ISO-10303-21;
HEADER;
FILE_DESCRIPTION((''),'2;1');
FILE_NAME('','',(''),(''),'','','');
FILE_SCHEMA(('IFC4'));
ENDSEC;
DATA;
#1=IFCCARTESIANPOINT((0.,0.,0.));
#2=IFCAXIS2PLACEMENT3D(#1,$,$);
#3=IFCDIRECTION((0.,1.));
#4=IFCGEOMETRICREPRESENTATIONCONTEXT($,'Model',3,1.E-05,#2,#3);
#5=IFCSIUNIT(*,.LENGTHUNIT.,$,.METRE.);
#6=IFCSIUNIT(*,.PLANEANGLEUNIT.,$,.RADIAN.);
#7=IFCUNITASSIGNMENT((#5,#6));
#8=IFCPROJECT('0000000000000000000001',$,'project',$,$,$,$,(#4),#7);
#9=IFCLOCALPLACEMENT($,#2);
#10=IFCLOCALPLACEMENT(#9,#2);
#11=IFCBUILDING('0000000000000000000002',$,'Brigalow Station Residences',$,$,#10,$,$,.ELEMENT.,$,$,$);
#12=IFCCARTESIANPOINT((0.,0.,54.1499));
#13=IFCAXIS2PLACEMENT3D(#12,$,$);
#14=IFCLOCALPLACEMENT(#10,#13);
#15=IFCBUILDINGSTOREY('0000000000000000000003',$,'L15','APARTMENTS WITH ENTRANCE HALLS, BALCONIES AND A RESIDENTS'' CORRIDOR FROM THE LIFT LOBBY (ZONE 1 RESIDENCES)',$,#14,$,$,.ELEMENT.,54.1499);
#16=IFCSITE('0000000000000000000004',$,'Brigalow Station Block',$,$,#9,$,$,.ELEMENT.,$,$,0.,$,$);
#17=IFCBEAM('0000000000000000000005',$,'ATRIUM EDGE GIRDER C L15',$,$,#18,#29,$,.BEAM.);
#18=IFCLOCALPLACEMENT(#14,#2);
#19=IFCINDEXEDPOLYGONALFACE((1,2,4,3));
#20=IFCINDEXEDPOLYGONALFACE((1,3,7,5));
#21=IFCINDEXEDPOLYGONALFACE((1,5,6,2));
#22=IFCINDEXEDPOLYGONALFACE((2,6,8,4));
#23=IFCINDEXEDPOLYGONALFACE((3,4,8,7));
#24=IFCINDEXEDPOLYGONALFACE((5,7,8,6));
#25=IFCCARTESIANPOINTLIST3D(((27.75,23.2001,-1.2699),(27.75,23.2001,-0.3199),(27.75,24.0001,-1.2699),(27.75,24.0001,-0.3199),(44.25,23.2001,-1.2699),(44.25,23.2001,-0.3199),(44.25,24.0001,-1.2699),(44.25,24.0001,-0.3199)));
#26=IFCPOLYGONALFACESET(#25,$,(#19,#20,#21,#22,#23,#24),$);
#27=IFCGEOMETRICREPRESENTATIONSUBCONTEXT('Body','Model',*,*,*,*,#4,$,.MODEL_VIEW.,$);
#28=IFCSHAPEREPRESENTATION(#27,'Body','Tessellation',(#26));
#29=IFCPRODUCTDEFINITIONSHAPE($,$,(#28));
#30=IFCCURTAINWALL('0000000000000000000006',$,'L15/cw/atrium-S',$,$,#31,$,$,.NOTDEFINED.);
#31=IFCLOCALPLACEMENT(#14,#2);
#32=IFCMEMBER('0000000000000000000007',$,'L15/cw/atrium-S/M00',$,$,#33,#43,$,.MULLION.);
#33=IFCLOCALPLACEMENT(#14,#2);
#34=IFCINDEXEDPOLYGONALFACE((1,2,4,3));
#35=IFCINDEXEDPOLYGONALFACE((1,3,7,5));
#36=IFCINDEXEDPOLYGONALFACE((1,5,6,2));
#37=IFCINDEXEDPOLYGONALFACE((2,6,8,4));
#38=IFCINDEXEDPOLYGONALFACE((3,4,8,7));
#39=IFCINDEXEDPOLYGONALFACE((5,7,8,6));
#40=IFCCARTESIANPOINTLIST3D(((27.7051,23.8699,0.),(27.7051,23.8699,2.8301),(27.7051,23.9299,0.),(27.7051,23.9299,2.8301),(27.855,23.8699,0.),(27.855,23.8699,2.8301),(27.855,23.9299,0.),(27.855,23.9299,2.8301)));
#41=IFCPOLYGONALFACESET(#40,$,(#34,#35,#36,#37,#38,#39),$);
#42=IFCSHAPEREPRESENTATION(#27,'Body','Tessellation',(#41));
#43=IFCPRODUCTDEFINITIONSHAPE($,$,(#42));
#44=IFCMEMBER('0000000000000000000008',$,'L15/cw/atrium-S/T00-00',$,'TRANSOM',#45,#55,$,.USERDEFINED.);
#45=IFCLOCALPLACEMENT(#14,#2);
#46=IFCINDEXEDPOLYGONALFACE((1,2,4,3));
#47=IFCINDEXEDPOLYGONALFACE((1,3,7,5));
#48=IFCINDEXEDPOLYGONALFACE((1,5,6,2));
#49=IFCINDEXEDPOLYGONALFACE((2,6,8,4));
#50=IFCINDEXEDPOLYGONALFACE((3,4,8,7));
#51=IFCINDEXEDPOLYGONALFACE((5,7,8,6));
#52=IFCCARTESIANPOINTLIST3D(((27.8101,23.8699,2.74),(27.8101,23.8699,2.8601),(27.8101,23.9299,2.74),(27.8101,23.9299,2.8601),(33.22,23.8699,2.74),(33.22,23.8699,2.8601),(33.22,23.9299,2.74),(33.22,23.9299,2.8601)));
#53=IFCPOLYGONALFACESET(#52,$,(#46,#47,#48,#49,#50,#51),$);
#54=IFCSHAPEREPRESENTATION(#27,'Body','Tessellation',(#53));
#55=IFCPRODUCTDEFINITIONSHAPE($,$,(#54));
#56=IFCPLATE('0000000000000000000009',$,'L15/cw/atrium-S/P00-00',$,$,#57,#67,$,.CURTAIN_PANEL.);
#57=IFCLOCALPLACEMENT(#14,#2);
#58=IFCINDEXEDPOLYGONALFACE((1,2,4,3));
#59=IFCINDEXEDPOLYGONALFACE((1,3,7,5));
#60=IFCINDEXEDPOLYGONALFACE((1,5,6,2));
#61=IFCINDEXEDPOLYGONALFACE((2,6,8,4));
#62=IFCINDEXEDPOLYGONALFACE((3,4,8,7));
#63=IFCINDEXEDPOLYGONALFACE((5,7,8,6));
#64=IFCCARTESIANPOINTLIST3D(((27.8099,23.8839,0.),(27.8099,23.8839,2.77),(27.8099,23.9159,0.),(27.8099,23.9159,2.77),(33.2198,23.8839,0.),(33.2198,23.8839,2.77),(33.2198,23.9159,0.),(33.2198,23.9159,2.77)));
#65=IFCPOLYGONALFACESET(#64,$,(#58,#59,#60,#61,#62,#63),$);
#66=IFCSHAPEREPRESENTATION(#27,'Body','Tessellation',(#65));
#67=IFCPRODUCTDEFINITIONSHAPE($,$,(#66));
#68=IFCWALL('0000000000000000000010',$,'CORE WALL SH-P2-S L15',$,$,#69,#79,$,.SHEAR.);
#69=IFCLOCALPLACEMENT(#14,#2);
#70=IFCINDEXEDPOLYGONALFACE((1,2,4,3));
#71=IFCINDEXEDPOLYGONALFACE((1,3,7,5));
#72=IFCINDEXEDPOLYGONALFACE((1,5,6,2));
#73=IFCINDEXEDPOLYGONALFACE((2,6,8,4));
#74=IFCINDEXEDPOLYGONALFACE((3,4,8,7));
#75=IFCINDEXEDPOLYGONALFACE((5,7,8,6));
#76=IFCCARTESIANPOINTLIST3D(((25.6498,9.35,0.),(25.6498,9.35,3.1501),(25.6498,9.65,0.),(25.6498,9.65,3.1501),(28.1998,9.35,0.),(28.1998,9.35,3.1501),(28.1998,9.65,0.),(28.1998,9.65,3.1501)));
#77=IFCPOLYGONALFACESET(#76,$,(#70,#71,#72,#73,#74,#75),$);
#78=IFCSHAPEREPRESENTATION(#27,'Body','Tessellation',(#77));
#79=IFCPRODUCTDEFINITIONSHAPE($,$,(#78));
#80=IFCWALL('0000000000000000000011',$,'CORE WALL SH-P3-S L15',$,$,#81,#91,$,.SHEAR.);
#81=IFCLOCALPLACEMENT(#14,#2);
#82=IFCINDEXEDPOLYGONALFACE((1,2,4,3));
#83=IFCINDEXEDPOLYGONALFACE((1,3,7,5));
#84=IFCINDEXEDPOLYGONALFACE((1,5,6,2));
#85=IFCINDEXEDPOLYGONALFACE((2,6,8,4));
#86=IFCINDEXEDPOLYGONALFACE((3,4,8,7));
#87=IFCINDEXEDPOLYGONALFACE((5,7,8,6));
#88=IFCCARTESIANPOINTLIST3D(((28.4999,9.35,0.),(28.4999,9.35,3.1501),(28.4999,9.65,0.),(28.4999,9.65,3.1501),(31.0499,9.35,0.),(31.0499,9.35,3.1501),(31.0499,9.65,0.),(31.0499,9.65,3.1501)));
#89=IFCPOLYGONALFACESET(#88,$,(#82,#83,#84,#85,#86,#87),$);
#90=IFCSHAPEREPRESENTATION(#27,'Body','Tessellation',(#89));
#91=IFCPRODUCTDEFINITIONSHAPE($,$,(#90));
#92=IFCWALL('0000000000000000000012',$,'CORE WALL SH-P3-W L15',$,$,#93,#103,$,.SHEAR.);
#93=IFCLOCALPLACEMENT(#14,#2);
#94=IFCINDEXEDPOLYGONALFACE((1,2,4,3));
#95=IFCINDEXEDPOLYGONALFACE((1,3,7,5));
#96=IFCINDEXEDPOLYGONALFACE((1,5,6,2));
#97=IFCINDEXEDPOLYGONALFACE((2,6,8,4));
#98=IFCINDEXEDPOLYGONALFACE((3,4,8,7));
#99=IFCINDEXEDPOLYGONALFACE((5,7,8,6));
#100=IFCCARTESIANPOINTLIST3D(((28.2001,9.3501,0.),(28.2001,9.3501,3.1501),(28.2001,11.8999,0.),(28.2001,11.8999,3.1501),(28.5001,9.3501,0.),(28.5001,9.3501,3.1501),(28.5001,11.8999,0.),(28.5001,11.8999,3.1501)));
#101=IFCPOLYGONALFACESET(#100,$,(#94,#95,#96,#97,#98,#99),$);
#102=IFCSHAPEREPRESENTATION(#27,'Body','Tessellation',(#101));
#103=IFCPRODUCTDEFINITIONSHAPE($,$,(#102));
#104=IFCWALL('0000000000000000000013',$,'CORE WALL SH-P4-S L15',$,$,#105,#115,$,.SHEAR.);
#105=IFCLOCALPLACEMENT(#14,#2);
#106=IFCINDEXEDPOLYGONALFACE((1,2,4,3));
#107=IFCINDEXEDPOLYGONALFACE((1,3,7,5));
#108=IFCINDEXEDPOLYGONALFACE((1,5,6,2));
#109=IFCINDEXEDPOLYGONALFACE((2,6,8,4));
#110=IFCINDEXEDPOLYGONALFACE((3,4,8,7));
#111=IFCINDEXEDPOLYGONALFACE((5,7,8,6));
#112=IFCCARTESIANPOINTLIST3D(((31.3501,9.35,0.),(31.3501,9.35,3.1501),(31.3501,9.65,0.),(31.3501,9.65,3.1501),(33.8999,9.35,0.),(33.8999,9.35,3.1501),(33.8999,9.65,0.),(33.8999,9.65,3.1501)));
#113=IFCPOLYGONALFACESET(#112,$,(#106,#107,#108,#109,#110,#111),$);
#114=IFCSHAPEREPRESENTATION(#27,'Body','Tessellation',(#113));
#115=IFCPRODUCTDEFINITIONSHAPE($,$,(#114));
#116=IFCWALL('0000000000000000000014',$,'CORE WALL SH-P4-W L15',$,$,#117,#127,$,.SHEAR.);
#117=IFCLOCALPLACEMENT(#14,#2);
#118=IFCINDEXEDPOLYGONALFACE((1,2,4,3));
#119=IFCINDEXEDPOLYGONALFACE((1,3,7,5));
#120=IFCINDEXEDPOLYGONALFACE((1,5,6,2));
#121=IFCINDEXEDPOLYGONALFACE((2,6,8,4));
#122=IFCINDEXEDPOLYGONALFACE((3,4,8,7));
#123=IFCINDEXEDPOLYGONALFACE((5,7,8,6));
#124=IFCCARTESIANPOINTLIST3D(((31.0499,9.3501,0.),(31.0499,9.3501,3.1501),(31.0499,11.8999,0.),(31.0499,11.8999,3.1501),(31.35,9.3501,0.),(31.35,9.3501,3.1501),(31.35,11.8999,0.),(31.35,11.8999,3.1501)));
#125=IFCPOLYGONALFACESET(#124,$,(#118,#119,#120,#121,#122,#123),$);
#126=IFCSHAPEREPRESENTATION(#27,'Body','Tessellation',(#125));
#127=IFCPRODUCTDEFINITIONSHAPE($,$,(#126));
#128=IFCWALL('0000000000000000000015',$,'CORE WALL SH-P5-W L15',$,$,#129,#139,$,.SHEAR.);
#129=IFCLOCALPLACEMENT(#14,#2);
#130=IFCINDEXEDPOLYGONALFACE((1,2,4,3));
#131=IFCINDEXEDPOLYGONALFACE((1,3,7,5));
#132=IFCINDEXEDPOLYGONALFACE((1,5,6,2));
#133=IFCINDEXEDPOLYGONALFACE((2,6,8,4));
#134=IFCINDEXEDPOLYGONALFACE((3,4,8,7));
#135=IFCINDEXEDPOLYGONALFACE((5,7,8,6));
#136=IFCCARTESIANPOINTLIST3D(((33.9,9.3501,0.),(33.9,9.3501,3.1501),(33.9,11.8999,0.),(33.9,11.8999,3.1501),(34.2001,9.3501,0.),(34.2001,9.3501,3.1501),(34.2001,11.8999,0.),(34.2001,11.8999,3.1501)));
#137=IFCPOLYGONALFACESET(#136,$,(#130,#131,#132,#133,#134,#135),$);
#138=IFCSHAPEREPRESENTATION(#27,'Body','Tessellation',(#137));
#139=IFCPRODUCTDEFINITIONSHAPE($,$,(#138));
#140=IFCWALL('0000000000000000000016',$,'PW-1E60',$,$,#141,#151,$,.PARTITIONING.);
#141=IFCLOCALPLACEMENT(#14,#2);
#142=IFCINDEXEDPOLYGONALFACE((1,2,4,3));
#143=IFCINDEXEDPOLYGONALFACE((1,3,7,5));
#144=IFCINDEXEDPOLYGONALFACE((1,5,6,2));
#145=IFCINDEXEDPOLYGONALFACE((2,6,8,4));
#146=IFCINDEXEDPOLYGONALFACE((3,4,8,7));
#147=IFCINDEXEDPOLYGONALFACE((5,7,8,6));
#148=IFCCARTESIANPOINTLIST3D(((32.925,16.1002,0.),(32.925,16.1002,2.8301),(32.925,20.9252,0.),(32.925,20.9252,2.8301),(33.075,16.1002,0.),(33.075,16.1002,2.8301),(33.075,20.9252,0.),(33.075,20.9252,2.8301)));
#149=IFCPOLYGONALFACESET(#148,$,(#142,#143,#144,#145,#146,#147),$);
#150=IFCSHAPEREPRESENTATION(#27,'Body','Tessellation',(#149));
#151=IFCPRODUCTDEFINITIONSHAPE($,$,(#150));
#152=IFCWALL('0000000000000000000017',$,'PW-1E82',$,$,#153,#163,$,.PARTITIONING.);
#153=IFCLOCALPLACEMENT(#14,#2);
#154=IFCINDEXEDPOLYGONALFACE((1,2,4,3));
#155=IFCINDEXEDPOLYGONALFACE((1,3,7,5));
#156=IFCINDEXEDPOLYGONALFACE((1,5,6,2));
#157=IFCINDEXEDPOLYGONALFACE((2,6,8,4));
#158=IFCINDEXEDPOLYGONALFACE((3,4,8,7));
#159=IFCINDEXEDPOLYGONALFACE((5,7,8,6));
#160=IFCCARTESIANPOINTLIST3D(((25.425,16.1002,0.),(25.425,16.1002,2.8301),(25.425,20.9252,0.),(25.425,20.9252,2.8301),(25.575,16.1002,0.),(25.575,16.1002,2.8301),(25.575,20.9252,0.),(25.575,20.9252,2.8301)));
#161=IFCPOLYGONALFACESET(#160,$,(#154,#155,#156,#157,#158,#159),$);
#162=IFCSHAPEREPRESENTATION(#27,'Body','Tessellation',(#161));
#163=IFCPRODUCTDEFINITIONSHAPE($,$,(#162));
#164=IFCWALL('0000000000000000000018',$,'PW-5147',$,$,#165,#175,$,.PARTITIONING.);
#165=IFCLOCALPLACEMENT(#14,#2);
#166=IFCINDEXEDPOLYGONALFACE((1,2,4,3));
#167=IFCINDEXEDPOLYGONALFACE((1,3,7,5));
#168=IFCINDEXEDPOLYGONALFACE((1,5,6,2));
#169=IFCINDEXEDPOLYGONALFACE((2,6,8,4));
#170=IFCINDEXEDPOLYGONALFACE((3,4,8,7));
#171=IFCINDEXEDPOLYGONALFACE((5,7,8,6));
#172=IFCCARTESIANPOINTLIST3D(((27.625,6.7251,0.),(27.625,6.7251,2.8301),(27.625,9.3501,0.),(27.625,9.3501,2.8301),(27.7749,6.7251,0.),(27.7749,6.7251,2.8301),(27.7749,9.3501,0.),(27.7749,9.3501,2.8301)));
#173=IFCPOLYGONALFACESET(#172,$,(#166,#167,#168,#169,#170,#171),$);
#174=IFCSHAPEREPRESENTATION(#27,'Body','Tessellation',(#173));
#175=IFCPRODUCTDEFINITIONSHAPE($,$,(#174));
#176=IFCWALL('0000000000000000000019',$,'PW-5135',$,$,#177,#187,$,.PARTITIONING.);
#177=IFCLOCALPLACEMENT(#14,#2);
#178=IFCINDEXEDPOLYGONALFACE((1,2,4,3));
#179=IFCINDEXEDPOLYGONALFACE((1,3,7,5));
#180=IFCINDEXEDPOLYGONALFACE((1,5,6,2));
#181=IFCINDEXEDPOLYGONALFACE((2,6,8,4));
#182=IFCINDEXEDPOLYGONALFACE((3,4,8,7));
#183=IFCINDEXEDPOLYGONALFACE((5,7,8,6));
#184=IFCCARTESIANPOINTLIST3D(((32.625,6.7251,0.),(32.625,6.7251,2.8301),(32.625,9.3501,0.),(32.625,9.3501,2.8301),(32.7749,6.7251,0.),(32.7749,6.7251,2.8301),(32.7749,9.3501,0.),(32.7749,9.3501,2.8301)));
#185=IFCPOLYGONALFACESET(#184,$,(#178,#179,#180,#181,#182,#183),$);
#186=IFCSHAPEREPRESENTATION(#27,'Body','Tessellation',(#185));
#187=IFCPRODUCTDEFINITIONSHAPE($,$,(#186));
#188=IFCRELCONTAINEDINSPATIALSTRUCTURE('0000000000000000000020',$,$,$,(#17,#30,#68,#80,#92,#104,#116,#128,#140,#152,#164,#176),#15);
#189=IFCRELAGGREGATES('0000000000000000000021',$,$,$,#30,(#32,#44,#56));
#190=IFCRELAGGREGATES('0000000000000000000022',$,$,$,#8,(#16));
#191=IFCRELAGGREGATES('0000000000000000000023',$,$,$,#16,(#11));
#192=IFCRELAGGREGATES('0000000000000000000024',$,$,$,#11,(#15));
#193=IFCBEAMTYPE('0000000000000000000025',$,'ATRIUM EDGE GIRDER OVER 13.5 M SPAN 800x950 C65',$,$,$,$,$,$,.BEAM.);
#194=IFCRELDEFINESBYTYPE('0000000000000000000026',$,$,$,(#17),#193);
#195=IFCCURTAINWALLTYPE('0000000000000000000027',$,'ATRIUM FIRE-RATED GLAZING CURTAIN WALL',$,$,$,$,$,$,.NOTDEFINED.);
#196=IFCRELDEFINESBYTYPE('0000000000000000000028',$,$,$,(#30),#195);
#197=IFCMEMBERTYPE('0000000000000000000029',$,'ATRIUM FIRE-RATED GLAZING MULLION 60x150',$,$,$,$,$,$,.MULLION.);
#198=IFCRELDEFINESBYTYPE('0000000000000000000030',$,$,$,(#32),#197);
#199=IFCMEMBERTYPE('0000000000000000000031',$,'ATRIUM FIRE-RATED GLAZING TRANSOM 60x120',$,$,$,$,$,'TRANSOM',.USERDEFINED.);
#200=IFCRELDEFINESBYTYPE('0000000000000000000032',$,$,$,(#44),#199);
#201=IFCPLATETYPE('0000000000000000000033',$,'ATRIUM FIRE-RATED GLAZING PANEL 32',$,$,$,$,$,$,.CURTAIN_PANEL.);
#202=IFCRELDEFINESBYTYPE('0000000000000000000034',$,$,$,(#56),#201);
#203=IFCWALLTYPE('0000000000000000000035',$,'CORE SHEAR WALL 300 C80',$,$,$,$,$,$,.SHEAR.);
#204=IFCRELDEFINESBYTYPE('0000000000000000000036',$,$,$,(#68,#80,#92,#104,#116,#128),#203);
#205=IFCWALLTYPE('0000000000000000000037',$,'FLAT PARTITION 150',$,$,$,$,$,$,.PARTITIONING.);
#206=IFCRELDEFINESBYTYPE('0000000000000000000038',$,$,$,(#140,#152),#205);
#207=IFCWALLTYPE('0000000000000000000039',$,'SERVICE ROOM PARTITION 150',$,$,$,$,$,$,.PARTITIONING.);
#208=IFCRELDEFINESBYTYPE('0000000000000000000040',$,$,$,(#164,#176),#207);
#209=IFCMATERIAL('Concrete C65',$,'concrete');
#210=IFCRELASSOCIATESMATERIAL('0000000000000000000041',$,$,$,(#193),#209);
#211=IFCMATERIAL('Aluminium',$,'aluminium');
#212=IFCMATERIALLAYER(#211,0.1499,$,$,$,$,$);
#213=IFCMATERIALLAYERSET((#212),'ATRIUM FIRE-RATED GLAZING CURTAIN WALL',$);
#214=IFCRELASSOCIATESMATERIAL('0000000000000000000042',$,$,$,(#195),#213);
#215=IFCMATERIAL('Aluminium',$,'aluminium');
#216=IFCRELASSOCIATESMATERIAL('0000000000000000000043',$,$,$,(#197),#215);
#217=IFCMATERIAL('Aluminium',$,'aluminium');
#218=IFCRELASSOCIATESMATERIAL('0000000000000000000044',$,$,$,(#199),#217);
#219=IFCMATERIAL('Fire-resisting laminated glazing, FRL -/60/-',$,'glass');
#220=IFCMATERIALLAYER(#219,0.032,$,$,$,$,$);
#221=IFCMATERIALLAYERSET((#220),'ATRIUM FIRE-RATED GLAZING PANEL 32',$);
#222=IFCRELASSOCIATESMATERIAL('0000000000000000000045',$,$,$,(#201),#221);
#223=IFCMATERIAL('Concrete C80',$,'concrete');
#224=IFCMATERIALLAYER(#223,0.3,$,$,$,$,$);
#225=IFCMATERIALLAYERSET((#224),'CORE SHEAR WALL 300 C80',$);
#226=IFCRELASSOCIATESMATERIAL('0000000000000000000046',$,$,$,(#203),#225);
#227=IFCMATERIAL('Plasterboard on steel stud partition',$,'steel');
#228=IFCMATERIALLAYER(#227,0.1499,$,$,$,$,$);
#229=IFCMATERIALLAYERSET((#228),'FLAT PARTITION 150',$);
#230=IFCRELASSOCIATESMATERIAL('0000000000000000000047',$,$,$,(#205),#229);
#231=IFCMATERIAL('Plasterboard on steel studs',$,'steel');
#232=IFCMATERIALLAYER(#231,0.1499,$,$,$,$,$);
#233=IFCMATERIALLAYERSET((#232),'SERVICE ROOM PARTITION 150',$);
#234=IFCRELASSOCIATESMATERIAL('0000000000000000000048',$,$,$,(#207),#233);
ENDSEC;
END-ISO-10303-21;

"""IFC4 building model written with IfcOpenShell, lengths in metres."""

from ifc_helpers import new_model, si_unit, direction, frame, frame_2d, origin, origin_2d, place, context, subcontext, project, spatial, rectangle, extrude, material, layer, layer_set, material_profile, profile_set, type_object, element, aggregate, save


model = new_model("IFC4")

# Units and contexts
model_context = context("Model", 3, precision=1e-05, world=origin(), true_north=direction((0.0, 1.0)))
body_context = subcontext(model_context, "Body", "Model", "MODEL_VIEW")
ifc_project = project(units=[si_unit("LENGTHUNIT", "METRE"), si_unit("PLANEANGLEUNIT", "RADIAN")], contexts=[model_context])

# Site, building, storey
site_placement = place(None, origin())
site = spatial("IfcSite", under=ifc_project, at=site_placement, Name="Brigalow Station Block", CompositionType="ELEMENT", RefElevation=0.0)
building_placement = place(site_placement, origin())
building = spatial("IfcBuilding", under=site, at=building_placement, Name="Brigalow Station Residences", CompositionType="ELEMENT")
storey_placement = place(building_placement, frame((0.0, 0.0, 54.1499)))
storey = spatial("IfcBuildingStorey", under=building, at=storey_placement, Name="L15", Description="APARTMENTS WITH ENTRANCE HALLS, BALCONIES AND A RESIDENTS' CORRIDOR FROM THE LIFT LOBBY (ZONE 1 RESIDENCES)", CompositionType="ELEMENT", Elevation=54.1499)

# Beam
ifc_material_1 = material(Name="Concrete C65", Category="concrete")
ifc_material_profile_1 = material_profile(ifc_material_1, rectangle(XDim=0.8, YDim=0.95, at=origin_2d()), Name="RC800x950")
ifc_profile_set_1 = profile_set([ifc_material_profile_1], Name="Concrete C65")
beam_type = type_object("IfcBeamType", Name="ATRIUM EDGE GIRDER OVER 13.5 M SPAN 800x950 C65", PredefinedType="BEAM", material=ifc_profile_set_1)
beam_placement = place(storey_placement, frame((27.75, 23.6001, -0.7949), z_axis=(1.0, 0.0, 0.0), x_axis=(0.0, 1.0, 0.0)))
element("IfcBeam", 1, at=beam_placement, inside=storey, type_object=beam_type, Name="ATRIUM EDGE GIRDER C L15", PredefinedType="BEAM", context=body_context, shape_type="SweptSolid", body=[
    extrude(rectangle(XDim=0.8, YDim=0.95, at=origin_2d()), origin(), (0.0, 0.0, 1.0), 16.5),
])

# Curtain wall, members, plate
ifc_material_2 = material(Name="Aluminium", Category="aluminium")
ifc_layer_1 = layer(ifc_material_2, 0.1499)
ifc_layer_set_1 = layer_set([ifc_layer_1], Name="ATRIUM FIRE-RATED GLAZING CURTAIN WALL")
curtain_wall_type = type_object("IfcCurtainWallType", Name="ATRIUM FIRE-RATED GLAZING CURTAIN WALL", PredefinedType="NOTDEFINED", material=ifc_layer_set_1)
curtain_wall_placement = place(storey_placement, origin())
curtain_wall = element("IfcCurtainWall", 2, at=curtain_wall_placement, inside=storey, type_object=curtain_wall_type, Name="L15/cw/atrium-S", PredefinedType="NOTDEFINED")
ifc_material_3 = material(Name="Aluminium", Category="aluminium")
ifc_material_profile_2 = material_profile(ifc_material_3, rectangle(XDim=0.0601, YDim=0.1499, at=origin_2d()), Name="ATRIUM FIRE-RATED GLAZING MULLION 60x150")
ifc_profile_set_2 = profile_set([ifc_material_profile_2], Name="Aluminium")
member_type_1 = type_object("IfcMemberType", Name="ATRIUM FIRE-RATED GLAZING MULLION 60x150", PredefinedType="MULLION", material=ifc_profile_set_2)
member_1_placement = place(storey_placement, frame((27.78, 23.8999, 0.0), z_axis=(0.0, 0.0, 1.0), x_axis=(0.0, 1.0, 0.0)))
member_1 = element("IfcMember", 3, at=member_1_placement, type_object=member_type_1, Name="L15/cw/atrium-S/M00", PredefinedType="MULLION", context=body_context, shape_type="SweptSolid", body=[
    extrude(rectangle(XDim=0.0601, YDim=0.1499, at=origin_2d()), origin(), (0.0, 0.0, 1.0), 2.8301),
])
ifc_material_4 = material(Name="Aluminium", Category="aluminium")
ifc_material_profile_3 = material_profile(ifc_material_4, rectangle(XDim=0.0601, YDim=0.1201, at=origin_2d()), Name="ATRIUM FIRE-RATED GLAZING TRANSOM 60x120")
ifc_profile_set_3 = profile_set([ifc_material_profile_3], Name="Aluminium")
member_type_2 = type_object("IfcMemberType", Name="ATRIUM FIRE-RATED GLAZING TRANSOM 60x120", ElementType="TRANSOM", PredefinedType="USERDEFINED", material=ifc_profile_set_3)
member_2_placement = place(storey_placement, frame((27.8101, 23.8999, 2.8), z_axis=(1.0, 0.0, 0.0), x_axis=(0.0, 1.0, 0.0)))
member_2 = element("IfcMember", 4, at=member_2_placement, type_object=member_type_2, Name="L15/cw/atrium-S/T00-00", ObjectType="TRANSOM", PredefinedType="USERDEFINED", context=body_context, shape_type="SweptSolid", body=[
    extrude(rectangle(XDim=0.0601, YDim=0.1201, at=origin_2d()), origin(), (0.0, 0.0, 1.0), 5.4099),
])
ifc_material_5 = material(Name="Fire-resisting laminated glazing, FRL -/60/-", Category="glass")
ifc_layer_2 = layer(ifc_material_5, 0.032)
ifc_layer_set_2 = layer_set([ifc_layer_2], Name="ATRIUM FIRE-RATED GLAZING PANEL 32")
plate_type = type_object("IfcPlateType", Name="ATRIUM FIRE-RATED GLAZING PANEL 32", PredefinedType="CURTAIN_PANEL", material=ifc_layer_set_2)
plate_placement = place(storey_placement, frame((30.5149, 23.8999, 0.0), z_axis=(0.0, 0.0, 1.0), x_axis=(1.0, 0.0, 0.0)))
plate = element("IfcPlate", 5, at=plate_placement, type_object=plate_type, Name="L15/cw/atrium-S/P00-00", PredefinedType="CURTAIN_PANEL", context=body_context, shape_type="SweptSolid", body=[
    extrude(rectangle(XDim=5.4099, YDim=0.032, at=origin_2d()), origin(), (0.0, 0.0, 1.0), 2.77),
])
aggregate(curtain_wall, [member_1, member_2, plate])

# Walls
ifc_material_6 = material(Name="Concrete C80", Category="concrete")
ifc_layer_3 = layer(ifc_material_6, 0.3)
ifc_layer_set_3 = layer_set([ifc_layer_3], Name="CORE SHEAR WALL 300 C80")
wall_type_1 = type_object("IfcWallType", Name="CORE SHEAR WALL 300 C80", PredefinedType="SHEAR", material=ifc_layer_set_3)
for number, where, z_axis, x_axis, name in (
    (6, (25.6499, 9.5, 0.0), (0.0, 0.0, 1.0), (1.0, 0.0, 0.0), "CORE WALL SH-P2-S L15"),
    (7, (28.5, 9.5, 0.0), (0.0, 0.0, 1.0), (1.0, 0.0, 0.0), "CORE WALL SH-P3-S L15"),
):
    element("IfcWall", number, at=place(storey_placement, frame(where, z_axis=z_axis, x_axis=x_axis)), inside=storey, type_object=wall_type_1, Name=name, PredefinedType="SHEAR", context=body_context, shape_type="SweptSolid", body=[
        extrude(rectangle(XDim=2.55, YDim=0.3, at=frame_2d((1.2749, 0.0))), origin(), (0.0, 0.0, 1.0), 3.1501),
    ])
for number, where, z_axis, x_axis, name in (
    (8, (28.3501, 9.3501, 0.0), (0.0, 0.0, 1.0), (0.0, 1.0, 0.0), "CORE WALL SH-P3-W L15"),
    (9, (31.3501, 9.5, 0.0), (0.0, 0.0, 1.0), (1.0, 0.0, 0.0), "CORE WALL SH-P4-S L15"),
    (10, (31.2, 9.3501, 0.0), (0.0, 0.0, 1.0), (0.0, 1.0, 0.0), "CORE WALL SH-P4-W L15"),
    (11, (34.05, 9.3501, 0.0), (0.0, 0.0, 1.0), (0.0, 1.0, 0.0), "CORE WALL SH-P5-W L15"),
):
    element("IfcWall", number, at=place(storey_placement, frame(where, z_axis=z_axis, x_axis=x_axis)), inside=storey, type_object=wall_type_1, Name=name, PredefinedType="SHEAR", context=body_context, shape_type="SweptSolid", body=[
        extrude(rectangle(XDim=2.5498, YDim=0.3, at=frame_2d((1.2749, 0.0))), origin(), (0.0, 0.0, 1.0), 3.1501),
    ])
ifc_material_7 = material(Name="Plasterboard on steel stud partition", Category="steel")
ifc_layer_4 = layer(ifc_material_7, 0.1499)
ifc_layer_set_4 = layer_set([ifc_layer_4], Name="FLAT PARTITION 150")
wall_type_2 = type_object("IfcWallType", Name="FLAT PARTITION 150", PredefinedType="PARTITIONING", material=ifc_layer_set_4)
for number, where, z_axis, x_axis, name in (
    (12, (33.0, 16.1001, 0.0), (0.0, 0.0, 1.0), (0.0, 1.0, 0.0), "PW-1E60"),
    (13, (25.5, 16.1001, 0.0), (0.0, 0.0, 1.0), (0.0, 1.0, 0.0), "PW-1E82"),
):
    element("IfcWall", number, at=place(storey_placement, frame(where, z_axis=z_axis, x_axis=x_axis)), inside=storey, type_object=wall_type_2, Name=name, PredefinedType="PARTITIONING", context=body_context, shape_type="SweptSolid", body=[
        extrude(rectangle(XDim=4.825, YDim=0.1499, at=frame_2d((2.4126, 0.0))), origin(), (0.0, 0.0, 1.0), 2.8301),
    ])
ifc_material_8 = material(Name="Plasterboard on steel studs", Category="steel")
ifc_layer_5 = layer(ifc_material_8, 0.1499)
ifc_layer_set_5 = layer_set([ifc_layer_5], Name="SERVICE ROOM PARTITION 150")
wall_type_3 = type_object("IfcWallType", Name="SERVICE ROOM PARTITION 150", PredefinedType="PARTITIONING", material=ifc_layer_set_5)
for number, where, z_axis, x_axis, name in (
    (14, (27.7, 6.7251, 0.0), (0.0, 0.0, 1.0), (0.0, 1.0, 0.0), "PW-5147"),
    (15, (32.7, 6.7251, 0.0), (0.0, 0.0, 1.0), (0.0, 1.0, 0.0), "PW-5135"),
):
    element("IfcWall", number, at=place(storey_placement, frame(where, z_axis=z_axis, x_axis=x_axis)), inside=storey, type_object=wall_type_3, Name=name, PredefinedType="PARTITIONING", context=body_context, shape_type="SweptSolid", body=[
        extrude(rectangle(XDim=2.625, YDim=0.1499, at=frame_2d((1.3125, 0.0))), origin(), (0.0, 0.0, 1.0), 2.8301),
    ])

save(model, "model.ifc")
